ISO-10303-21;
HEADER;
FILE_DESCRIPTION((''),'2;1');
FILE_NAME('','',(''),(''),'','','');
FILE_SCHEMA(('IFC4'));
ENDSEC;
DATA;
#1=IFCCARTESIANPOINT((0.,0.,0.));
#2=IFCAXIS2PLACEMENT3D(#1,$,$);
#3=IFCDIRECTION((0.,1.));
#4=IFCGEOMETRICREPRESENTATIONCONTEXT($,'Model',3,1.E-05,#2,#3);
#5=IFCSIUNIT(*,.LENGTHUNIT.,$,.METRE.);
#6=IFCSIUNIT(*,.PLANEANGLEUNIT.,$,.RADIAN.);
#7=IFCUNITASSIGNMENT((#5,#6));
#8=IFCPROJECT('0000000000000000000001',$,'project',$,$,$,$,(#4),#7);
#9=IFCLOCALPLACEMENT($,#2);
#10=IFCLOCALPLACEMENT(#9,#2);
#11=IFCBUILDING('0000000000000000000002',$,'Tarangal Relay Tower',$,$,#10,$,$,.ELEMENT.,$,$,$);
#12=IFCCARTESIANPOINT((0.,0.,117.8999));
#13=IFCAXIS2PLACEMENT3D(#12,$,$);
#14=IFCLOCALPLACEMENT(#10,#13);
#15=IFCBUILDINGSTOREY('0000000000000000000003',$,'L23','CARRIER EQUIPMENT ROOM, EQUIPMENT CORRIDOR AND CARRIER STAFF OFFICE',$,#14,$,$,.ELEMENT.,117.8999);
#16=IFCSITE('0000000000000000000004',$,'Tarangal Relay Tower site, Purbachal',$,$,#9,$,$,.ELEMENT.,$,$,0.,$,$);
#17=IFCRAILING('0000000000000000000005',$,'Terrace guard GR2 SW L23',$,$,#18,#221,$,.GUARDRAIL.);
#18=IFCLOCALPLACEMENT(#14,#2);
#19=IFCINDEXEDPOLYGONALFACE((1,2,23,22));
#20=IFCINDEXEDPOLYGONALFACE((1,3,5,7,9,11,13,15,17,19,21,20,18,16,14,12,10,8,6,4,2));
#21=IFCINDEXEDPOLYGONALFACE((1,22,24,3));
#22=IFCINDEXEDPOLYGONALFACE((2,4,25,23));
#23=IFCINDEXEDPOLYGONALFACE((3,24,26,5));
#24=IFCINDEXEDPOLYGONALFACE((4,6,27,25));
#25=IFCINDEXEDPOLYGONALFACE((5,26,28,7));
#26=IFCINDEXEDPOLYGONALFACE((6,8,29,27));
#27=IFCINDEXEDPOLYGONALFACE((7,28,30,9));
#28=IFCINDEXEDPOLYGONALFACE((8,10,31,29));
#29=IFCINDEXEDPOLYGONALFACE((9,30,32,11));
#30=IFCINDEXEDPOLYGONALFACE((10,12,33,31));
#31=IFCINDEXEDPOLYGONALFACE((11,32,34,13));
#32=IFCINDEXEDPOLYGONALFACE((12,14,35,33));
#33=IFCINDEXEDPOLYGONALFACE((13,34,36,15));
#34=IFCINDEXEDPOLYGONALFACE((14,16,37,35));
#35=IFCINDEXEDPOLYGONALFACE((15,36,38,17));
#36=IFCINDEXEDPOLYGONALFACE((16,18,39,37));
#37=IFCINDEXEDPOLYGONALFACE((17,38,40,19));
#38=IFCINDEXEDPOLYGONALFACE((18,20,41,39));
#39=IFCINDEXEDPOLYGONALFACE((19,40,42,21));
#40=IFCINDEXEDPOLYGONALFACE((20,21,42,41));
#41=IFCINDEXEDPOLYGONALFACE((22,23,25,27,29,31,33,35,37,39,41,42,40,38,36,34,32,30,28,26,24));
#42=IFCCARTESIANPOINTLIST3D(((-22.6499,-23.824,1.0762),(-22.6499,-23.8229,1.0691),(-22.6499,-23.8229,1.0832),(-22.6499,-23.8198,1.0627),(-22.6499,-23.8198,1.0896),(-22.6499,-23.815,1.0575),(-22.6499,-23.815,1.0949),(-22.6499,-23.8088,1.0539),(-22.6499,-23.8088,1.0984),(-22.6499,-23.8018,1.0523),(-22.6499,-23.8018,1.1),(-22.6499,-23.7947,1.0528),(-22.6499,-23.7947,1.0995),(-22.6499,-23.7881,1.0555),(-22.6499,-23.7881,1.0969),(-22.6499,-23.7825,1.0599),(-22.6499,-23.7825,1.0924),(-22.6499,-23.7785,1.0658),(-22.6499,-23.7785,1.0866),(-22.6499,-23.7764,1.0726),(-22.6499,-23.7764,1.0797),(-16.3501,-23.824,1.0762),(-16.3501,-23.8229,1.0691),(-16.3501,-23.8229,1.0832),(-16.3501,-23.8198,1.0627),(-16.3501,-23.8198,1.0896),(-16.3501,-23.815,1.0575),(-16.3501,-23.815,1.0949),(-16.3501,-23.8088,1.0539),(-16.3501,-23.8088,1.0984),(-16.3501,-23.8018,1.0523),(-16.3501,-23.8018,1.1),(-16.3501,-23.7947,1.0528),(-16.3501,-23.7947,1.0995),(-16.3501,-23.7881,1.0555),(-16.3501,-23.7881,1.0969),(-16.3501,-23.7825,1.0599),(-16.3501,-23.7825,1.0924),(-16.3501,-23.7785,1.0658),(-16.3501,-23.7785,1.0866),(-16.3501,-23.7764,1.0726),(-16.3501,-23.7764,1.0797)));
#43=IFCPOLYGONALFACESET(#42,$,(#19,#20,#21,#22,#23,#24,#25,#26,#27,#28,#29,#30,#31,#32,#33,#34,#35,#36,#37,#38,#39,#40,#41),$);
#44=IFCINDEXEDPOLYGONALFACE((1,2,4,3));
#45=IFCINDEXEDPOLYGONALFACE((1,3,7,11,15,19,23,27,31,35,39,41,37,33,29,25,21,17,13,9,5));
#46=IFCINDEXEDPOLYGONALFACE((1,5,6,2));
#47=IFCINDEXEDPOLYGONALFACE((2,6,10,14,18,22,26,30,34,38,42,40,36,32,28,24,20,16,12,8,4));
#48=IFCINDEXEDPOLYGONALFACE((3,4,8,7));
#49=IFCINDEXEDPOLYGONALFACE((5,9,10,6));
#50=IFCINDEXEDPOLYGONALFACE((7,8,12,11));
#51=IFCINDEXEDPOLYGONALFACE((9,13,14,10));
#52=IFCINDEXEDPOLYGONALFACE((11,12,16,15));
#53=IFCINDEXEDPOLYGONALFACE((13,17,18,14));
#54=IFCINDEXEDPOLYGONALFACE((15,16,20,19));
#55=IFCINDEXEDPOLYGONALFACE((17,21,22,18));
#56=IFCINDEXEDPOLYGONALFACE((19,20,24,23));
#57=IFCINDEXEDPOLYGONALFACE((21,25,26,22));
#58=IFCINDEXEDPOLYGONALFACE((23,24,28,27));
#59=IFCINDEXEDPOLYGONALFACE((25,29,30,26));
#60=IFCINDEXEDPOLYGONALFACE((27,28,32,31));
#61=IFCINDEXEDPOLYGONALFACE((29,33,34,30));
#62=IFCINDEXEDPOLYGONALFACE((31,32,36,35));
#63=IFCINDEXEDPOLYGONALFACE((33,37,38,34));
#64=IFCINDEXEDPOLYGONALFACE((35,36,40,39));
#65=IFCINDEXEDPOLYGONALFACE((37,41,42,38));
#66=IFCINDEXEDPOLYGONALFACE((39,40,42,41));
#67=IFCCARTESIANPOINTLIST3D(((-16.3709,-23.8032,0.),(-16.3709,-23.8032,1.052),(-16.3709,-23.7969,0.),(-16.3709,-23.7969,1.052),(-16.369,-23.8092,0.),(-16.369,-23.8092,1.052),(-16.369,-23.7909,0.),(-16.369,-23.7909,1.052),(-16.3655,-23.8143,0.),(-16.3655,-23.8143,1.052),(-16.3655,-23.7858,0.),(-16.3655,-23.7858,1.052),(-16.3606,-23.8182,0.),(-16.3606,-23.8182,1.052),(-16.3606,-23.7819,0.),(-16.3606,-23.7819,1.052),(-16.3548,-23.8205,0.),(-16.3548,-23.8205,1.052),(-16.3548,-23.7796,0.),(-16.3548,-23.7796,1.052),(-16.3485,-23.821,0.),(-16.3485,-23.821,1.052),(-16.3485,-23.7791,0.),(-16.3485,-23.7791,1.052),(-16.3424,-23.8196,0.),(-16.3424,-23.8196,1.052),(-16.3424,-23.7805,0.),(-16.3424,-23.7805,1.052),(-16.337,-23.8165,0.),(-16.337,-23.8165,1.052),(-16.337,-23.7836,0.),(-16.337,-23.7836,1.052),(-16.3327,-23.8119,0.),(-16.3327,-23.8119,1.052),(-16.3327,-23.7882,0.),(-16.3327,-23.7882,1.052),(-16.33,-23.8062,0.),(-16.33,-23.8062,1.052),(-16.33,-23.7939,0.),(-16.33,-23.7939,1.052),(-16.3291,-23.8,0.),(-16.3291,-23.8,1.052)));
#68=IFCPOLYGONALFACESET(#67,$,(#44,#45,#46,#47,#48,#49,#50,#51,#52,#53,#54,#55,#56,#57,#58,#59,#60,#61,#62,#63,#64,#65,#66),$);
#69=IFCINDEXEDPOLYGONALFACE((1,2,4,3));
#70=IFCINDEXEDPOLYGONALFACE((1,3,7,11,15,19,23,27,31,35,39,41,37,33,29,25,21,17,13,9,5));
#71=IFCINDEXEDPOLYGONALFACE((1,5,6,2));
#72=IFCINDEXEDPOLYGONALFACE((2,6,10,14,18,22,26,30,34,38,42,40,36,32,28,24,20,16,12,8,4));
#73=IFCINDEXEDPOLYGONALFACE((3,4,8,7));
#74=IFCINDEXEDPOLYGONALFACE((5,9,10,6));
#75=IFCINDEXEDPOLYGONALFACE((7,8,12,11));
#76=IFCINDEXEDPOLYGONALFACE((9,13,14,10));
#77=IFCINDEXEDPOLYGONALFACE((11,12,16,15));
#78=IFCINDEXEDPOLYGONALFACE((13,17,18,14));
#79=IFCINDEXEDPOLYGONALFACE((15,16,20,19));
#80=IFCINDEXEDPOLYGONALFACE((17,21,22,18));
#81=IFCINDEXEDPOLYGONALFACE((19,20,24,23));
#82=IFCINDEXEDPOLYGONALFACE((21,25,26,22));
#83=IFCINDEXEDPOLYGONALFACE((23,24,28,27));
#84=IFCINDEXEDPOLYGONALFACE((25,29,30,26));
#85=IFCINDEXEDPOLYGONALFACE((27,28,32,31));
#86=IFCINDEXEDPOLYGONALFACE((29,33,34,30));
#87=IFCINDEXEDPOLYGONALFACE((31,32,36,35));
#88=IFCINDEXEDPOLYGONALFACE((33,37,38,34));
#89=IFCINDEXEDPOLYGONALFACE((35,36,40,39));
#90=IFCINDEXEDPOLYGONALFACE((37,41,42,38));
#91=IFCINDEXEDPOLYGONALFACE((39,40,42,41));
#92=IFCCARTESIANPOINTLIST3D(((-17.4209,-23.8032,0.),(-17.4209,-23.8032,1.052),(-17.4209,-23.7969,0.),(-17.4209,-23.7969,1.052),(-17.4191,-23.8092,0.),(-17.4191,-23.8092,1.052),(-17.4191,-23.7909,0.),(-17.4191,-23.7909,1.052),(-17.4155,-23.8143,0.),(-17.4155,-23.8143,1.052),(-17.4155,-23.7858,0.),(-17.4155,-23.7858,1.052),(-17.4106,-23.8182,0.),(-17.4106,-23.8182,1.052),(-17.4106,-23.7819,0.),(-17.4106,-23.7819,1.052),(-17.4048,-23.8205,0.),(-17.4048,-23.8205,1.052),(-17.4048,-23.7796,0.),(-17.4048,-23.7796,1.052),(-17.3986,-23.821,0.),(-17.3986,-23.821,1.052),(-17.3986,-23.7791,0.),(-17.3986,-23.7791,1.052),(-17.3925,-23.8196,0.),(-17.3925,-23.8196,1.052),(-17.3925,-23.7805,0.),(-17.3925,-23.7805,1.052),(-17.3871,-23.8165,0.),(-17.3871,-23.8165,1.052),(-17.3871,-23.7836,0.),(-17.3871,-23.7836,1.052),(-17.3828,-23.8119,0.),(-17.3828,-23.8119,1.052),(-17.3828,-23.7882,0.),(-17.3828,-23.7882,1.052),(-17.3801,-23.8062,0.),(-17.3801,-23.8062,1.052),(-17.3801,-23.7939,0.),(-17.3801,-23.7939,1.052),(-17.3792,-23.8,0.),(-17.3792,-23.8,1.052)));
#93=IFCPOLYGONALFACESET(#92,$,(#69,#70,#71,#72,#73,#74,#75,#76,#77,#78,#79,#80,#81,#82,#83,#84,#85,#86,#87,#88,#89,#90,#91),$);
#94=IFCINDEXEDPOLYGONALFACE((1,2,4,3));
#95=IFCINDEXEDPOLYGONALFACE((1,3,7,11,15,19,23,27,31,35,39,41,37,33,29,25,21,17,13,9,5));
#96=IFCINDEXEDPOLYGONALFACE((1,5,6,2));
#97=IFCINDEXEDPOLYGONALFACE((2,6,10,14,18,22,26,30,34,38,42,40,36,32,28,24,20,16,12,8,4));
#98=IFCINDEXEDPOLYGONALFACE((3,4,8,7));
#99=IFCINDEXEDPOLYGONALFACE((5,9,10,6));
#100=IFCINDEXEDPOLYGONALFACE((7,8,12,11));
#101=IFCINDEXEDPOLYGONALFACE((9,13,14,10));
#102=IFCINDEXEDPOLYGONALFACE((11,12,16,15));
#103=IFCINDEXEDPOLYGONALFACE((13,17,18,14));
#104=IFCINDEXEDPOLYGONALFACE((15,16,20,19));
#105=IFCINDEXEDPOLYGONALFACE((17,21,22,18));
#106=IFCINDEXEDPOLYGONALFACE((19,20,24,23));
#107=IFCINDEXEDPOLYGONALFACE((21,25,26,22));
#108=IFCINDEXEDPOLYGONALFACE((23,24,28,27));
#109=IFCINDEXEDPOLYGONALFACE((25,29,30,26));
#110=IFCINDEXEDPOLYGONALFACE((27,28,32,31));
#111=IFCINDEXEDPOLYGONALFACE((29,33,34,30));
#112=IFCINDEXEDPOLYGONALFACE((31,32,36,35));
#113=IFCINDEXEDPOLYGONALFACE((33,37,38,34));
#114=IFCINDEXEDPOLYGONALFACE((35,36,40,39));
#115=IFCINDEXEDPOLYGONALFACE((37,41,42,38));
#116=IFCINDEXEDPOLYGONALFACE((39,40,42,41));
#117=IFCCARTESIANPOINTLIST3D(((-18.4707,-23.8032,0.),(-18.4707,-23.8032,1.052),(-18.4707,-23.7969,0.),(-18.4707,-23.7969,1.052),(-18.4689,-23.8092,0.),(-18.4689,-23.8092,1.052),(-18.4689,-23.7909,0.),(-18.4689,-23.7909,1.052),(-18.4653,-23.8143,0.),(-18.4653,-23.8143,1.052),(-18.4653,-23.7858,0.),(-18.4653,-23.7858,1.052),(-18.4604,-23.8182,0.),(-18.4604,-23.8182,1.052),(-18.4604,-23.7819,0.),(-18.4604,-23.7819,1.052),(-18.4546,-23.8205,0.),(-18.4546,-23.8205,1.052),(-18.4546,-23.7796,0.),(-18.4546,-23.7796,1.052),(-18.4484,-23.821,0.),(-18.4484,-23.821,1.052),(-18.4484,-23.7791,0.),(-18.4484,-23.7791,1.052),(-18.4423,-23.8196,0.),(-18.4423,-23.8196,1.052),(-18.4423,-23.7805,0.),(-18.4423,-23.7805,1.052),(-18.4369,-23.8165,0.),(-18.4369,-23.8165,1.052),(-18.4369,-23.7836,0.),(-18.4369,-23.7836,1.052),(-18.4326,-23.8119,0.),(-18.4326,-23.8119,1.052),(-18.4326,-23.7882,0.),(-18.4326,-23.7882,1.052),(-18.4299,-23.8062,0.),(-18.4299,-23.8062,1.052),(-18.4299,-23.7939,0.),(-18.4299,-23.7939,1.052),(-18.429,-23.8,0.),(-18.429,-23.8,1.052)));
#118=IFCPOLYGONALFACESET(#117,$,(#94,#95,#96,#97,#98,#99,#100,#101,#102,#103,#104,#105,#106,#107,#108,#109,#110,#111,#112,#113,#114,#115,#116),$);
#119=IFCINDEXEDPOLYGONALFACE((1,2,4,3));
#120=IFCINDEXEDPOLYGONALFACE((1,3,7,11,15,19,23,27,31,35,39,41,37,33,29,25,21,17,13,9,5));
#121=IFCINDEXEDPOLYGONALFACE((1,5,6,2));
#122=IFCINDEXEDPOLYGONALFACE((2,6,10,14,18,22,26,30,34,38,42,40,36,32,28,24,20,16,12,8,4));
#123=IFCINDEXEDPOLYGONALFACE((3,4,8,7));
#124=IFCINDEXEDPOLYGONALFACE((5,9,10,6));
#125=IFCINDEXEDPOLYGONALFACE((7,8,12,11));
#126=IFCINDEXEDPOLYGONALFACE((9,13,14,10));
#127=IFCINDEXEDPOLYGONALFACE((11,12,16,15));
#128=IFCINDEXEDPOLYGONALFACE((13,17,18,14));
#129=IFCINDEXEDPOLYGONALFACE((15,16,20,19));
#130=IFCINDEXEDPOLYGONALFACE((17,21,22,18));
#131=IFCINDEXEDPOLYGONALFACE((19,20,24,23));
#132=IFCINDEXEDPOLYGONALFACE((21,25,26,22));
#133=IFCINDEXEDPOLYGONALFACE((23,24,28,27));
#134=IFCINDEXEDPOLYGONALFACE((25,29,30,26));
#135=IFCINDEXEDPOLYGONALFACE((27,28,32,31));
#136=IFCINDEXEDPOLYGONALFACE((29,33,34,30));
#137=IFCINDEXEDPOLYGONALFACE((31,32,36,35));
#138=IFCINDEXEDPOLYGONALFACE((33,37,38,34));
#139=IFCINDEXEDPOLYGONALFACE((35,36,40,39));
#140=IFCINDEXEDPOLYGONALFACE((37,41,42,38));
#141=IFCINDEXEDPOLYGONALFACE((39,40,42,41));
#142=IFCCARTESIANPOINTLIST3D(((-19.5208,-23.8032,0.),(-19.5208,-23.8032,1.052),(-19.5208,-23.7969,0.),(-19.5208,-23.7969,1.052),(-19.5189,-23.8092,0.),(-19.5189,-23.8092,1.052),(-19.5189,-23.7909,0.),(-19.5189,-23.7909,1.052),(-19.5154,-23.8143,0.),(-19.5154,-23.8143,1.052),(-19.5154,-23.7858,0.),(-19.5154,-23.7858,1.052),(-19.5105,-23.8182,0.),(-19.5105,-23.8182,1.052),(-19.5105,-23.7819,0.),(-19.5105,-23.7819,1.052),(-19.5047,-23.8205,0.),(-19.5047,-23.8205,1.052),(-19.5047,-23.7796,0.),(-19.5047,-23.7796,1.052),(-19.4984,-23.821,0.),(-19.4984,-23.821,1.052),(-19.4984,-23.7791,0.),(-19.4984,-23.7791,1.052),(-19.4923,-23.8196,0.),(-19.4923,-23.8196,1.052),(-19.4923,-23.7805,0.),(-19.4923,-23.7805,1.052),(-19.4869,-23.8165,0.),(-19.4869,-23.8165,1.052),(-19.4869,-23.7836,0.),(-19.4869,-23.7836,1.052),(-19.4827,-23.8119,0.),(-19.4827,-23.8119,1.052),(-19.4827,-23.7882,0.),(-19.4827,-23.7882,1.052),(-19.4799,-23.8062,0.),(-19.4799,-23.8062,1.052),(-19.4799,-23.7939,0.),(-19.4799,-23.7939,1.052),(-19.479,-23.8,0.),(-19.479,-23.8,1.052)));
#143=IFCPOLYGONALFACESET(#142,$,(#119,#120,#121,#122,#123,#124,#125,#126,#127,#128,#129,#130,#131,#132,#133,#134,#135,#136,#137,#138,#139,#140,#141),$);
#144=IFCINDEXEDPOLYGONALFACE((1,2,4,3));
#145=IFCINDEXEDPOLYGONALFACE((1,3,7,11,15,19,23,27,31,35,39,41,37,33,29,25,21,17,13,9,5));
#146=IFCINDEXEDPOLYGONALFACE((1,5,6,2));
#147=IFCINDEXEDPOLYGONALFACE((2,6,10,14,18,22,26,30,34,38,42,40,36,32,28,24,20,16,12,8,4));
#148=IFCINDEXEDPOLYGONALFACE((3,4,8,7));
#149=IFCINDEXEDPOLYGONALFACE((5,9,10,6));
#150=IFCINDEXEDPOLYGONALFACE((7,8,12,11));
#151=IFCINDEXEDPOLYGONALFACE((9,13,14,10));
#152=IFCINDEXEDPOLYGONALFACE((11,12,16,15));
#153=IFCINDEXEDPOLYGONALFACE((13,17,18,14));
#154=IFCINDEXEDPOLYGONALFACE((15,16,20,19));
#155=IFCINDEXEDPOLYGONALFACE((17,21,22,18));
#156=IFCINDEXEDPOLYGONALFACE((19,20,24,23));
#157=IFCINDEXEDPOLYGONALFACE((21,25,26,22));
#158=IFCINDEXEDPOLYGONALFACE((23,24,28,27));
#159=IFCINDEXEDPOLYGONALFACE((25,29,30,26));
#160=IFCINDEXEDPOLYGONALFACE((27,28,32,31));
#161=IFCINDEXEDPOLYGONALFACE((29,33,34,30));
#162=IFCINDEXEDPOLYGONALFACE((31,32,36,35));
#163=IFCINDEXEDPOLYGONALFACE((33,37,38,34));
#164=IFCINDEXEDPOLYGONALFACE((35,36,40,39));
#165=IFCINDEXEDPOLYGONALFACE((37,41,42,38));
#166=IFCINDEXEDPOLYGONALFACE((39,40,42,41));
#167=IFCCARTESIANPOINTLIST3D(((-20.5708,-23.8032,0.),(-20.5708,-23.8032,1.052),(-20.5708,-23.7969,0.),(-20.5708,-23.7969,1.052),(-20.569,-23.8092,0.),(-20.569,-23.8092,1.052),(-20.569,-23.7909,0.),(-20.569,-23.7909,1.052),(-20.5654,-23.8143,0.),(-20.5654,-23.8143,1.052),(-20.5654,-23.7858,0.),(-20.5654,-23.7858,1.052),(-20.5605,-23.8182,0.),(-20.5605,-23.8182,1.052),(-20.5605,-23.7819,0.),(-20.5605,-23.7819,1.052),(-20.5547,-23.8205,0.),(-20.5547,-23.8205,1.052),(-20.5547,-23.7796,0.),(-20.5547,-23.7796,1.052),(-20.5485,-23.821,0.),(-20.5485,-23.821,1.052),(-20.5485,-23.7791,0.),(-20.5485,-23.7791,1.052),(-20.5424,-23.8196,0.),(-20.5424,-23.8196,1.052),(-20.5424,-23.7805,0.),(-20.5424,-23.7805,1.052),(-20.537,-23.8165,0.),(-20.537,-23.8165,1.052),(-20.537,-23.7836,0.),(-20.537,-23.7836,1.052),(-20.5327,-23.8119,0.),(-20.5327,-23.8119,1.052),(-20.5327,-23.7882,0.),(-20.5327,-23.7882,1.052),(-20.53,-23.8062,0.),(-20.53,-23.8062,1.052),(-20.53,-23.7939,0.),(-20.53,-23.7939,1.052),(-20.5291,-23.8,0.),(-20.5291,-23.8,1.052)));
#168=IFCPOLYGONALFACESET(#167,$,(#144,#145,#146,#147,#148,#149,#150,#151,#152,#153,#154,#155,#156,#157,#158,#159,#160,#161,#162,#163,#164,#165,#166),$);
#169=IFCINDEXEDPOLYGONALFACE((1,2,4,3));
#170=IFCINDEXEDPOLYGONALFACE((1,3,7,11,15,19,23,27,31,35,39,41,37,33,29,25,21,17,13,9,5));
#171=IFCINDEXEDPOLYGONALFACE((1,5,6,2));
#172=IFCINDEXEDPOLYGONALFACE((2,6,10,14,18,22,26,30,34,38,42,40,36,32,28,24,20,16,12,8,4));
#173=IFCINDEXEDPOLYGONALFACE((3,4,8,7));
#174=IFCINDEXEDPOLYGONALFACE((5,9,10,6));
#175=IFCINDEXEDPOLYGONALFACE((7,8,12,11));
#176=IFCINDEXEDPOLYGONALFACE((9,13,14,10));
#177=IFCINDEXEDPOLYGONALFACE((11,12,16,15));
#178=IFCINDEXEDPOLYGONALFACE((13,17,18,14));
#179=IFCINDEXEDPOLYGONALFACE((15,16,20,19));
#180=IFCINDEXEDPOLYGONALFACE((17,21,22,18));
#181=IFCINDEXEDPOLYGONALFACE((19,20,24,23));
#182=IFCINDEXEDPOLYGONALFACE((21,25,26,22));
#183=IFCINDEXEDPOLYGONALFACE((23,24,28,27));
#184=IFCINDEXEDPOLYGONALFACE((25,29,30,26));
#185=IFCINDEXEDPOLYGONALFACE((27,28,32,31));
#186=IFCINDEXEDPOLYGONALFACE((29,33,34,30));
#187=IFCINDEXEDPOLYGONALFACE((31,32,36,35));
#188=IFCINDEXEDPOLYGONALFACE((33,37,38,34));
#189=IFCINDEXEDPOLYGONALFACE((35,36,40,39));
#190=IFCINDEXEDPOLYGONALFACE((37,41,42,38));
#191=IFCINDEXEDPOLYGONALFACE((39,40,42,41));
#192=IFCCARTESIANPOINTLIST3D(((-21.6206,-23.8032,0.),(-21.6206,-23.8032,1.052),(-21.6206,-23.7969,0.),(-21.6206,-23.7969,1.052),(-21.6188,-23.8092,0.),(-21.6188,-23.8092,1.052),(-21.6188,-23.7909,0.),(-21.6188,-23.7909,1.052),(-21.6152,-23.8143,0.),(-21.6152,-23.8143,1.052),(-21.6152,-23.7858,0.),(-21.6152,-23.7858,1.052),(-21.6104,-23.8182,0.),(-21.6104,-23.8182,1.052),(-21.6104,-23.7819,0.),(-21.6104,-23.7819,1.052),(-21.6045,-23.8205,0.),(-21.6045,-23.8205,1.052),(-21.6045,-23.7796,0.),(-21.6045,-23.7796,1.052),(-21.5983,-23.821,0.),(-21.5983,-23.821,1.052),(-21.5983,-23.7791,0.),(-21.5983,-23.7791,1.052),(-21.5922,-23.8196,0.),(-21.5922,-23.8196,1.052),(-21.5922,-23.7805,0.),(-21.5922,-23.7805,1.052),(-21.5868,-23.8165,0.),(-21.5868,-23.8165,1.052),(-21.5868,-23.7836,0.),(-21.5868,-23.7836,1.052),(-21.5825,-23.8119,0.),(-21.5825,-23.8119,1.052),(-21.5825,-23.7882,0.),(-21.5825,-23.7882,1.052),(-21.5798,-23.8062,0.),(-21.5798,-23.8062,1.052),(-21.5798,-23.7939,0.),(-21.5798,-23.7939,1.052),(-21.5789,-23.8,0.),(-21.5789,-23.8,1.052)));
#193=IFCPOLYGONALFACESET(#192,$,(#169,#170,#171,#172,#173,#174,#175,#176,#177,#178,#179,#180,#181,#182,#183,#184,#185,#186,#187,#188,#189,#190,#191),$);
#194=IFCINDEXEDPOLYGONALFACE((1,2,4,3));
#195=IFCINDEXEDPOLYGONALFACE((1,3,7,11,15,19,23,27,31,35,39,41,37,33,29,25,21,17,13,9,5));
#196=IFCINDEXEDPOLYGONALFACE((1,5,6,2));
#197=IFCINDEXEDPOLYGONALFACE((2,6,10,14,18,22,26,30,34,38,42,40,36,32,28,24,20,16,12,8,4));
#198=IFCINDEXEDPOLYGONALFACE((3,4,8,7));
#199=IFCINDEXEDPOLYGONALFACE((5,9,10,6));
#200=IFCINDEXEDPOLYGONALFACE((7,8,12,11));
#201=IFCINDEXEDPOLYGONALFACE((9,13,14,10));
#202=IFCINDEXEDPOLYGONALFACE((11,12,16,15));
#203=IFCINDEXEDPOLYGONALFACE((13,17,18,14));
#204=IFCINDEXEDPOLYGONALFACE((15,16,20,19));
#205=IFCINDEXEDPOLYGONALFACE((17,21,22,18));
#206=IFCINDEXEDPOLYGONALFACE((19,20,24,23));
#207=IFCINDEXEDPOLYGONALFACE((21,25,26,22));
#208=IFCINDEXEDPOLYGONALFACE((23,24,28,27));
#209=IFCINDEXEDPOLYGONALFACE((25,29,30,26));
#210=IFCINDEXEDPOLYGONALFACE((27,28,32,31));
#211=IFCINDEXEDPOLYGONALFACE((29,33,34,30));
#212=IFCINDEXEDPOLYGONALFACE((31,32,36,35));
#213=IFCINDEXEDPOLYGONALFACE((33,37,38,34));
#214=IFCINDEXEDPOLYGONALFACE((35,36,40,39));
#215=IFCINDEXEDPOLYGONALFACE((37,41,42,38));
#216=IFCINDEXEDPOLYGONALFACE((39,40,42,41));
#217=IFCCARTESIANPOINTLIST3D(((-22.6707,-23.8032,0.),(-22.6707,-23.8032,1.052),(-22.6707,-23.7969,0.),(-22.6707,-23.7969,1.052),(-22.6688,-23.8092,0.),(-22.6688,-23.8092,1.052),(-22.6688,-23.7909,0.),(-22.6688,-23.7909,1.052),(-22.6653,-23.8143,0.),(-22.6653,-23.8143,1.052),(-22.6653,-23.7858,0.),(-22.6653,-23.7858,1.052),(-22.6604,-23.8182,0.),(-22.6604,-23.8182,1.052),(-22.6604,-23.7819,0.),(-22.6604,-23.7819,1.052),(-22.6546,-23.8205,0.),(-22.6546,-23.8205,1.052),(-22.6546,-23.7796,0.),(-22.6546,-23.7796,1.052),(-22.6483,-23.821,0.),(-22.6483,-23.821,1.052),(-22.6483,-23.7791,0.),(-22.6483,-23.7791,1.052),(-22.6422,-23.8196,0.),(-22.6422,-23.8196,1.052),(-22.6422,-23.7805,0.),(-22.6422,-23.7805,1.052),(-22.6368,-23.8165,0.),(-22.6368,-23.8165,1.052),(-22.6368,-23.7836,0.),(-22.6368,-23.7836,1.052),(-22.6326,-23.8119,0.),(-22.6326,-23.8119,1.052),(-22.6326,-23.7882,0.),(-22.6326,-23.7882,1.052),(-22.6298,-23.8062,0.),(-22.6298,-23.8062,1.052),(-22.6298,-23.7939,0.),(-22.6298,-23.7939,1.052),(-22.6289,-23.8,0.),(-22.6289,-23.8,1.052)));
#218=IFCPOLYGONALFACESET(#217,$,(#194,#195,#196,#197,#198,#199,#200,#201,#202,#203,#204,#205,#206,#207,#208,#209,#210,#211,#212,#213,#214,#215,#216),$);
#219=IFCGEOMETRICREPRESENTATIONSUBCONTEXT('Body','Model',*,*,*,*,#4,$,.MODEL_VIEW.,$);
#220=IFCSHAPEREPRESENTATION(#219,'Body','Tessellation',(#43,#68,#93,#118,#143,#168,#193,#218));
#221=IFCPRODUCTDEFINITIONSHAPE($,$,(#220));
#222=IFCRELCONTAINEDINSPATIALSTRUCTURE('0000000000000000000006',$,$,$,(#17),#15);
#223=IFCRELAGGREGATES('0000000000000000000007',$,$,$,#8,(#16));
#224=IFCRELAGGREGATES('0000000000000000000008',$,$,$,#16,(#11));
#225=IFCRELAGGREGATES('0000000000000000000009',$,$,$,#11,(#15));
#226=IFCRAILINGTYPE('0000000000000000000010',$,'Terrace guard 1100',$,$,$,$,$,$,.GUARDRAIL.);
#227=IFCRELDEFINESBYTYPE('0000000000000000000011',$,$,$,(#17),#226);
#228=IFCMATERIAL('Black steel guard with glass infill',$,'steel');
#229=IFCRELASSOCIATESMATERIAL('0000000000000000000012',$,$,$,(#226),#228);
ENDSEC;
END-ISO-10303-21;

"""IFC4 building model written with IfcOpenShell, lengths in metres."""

from ifc_helpers import new_model, si_unit, direction, frame, origin, origin_2d, place, context, subcontext, project, spatial, circle, extrude, material, type_object, element, save


model = new_model("IFC4")

# Units and contexts
model_context = context("Model", 3, precision=1e-05, world=origin(), true_north=direction((0.0, 1.0)))
body_context = subcontext(model_context, "Body", "Model", "MODEL_VIEW")
ifc_project = project(units=[si_unit("LENGTHUNIT", "METRE"), si_unit("PLANEANGLEUNIT", "RADIAN")], contexts=[model_context])

# Site, building, storey
site_placement = place(None, origin())
site = spatial("IfcSite", under=ifc_project, at=site_placement, Name="Tarangal Relay Tower site, Purbachal", CompositionType="ELEMENT", RefElevation=0.0)
building_placement = place(site_placement, origin())
building = spatial("IfcBuilding", under=site, at=building_placement, Name="Tarangal Relay Tower", CompositionType="ELEMENT")
storey_placement = place(building_placement, frame((0.0, 0.0, 117.8999)))
storey = spatial("IfcBuildingStorey", under=building, at=storey_placement, Name="L23", Description="CARRIER EQUIPMENT ROOM, EQUIPMENT CORRIDOR AND CARRIER STAFF OFFICE", CompositionType="ELEMENT", Elevation=117.8999)

# Railing
ifc_material_1 = material(Name="Black steel guard with glass infill", Category="steel")
railing_type = type_object("IfcRailingType", Name="Terrace guard 1100", PredefinedType="GUARDRAIL", material=ifc_material_1)
railing_1_placement = place(storey_placement, frame((-16.3501, -23.8, 0.0)))
element("IfcRailing", 1, at=railing_1_placement, inside=storey, type_object=railing_type, Name="Terrace guard GR2 SW L23", PredefinedType="GUARDRAIL", context=body_context, shape_type="SweptSolid", body=[
    extrude(circle(Radius=0.0239, at=origin_2d()), frame((0.0, 0.0, 1.0762), z_axis=(-1.0, 0.0, 0.0), x_axis=(0.0, -1.0, 0.0)), (0.0, 0.0, 1.0), 6.2998),
    extrude(circle(Radius=0.021, at=origin_2d()), origin(), (0.0, 0.0, 1.0), 1.052),
    extrude(circle(Radius=0.021, at=origin_2d()), frame((-1.05, 0.0, 0.0)), (0.0, 0.0, 1.0), 1.052),
    extrude(circle(Radius=0.021, at=origin_2d()), frame((-2.0999, 0.0, 0.0)), (0.0, 0.0, 1.0), 1.052),
    extrude(circle(Radius=0.021, at=origin_2d()), frame((-3.1499, 0.0, 0.0)), (0.0, 0.0, 1.0), 1.052),
    extrude(circle(Radius=0.021, at=origin_2d()), frame((-4.2, 0.0, 0.0)), (0.0, 0.0, 1.0), 1.052),
    extrude(circle(Radius=0.021, at=origin_2d()), frame((-5.2498, 0.0, 0.0)), (0.0, 0.0, 1.0), 1.052),
    extrude(circle(Radius=0.021, at=origin_2d()), frame((-6.2998, 0.0, 0.0)), (0.0, 0.0, 1.0), 1.052),
])

save(model, "model.ifc")
